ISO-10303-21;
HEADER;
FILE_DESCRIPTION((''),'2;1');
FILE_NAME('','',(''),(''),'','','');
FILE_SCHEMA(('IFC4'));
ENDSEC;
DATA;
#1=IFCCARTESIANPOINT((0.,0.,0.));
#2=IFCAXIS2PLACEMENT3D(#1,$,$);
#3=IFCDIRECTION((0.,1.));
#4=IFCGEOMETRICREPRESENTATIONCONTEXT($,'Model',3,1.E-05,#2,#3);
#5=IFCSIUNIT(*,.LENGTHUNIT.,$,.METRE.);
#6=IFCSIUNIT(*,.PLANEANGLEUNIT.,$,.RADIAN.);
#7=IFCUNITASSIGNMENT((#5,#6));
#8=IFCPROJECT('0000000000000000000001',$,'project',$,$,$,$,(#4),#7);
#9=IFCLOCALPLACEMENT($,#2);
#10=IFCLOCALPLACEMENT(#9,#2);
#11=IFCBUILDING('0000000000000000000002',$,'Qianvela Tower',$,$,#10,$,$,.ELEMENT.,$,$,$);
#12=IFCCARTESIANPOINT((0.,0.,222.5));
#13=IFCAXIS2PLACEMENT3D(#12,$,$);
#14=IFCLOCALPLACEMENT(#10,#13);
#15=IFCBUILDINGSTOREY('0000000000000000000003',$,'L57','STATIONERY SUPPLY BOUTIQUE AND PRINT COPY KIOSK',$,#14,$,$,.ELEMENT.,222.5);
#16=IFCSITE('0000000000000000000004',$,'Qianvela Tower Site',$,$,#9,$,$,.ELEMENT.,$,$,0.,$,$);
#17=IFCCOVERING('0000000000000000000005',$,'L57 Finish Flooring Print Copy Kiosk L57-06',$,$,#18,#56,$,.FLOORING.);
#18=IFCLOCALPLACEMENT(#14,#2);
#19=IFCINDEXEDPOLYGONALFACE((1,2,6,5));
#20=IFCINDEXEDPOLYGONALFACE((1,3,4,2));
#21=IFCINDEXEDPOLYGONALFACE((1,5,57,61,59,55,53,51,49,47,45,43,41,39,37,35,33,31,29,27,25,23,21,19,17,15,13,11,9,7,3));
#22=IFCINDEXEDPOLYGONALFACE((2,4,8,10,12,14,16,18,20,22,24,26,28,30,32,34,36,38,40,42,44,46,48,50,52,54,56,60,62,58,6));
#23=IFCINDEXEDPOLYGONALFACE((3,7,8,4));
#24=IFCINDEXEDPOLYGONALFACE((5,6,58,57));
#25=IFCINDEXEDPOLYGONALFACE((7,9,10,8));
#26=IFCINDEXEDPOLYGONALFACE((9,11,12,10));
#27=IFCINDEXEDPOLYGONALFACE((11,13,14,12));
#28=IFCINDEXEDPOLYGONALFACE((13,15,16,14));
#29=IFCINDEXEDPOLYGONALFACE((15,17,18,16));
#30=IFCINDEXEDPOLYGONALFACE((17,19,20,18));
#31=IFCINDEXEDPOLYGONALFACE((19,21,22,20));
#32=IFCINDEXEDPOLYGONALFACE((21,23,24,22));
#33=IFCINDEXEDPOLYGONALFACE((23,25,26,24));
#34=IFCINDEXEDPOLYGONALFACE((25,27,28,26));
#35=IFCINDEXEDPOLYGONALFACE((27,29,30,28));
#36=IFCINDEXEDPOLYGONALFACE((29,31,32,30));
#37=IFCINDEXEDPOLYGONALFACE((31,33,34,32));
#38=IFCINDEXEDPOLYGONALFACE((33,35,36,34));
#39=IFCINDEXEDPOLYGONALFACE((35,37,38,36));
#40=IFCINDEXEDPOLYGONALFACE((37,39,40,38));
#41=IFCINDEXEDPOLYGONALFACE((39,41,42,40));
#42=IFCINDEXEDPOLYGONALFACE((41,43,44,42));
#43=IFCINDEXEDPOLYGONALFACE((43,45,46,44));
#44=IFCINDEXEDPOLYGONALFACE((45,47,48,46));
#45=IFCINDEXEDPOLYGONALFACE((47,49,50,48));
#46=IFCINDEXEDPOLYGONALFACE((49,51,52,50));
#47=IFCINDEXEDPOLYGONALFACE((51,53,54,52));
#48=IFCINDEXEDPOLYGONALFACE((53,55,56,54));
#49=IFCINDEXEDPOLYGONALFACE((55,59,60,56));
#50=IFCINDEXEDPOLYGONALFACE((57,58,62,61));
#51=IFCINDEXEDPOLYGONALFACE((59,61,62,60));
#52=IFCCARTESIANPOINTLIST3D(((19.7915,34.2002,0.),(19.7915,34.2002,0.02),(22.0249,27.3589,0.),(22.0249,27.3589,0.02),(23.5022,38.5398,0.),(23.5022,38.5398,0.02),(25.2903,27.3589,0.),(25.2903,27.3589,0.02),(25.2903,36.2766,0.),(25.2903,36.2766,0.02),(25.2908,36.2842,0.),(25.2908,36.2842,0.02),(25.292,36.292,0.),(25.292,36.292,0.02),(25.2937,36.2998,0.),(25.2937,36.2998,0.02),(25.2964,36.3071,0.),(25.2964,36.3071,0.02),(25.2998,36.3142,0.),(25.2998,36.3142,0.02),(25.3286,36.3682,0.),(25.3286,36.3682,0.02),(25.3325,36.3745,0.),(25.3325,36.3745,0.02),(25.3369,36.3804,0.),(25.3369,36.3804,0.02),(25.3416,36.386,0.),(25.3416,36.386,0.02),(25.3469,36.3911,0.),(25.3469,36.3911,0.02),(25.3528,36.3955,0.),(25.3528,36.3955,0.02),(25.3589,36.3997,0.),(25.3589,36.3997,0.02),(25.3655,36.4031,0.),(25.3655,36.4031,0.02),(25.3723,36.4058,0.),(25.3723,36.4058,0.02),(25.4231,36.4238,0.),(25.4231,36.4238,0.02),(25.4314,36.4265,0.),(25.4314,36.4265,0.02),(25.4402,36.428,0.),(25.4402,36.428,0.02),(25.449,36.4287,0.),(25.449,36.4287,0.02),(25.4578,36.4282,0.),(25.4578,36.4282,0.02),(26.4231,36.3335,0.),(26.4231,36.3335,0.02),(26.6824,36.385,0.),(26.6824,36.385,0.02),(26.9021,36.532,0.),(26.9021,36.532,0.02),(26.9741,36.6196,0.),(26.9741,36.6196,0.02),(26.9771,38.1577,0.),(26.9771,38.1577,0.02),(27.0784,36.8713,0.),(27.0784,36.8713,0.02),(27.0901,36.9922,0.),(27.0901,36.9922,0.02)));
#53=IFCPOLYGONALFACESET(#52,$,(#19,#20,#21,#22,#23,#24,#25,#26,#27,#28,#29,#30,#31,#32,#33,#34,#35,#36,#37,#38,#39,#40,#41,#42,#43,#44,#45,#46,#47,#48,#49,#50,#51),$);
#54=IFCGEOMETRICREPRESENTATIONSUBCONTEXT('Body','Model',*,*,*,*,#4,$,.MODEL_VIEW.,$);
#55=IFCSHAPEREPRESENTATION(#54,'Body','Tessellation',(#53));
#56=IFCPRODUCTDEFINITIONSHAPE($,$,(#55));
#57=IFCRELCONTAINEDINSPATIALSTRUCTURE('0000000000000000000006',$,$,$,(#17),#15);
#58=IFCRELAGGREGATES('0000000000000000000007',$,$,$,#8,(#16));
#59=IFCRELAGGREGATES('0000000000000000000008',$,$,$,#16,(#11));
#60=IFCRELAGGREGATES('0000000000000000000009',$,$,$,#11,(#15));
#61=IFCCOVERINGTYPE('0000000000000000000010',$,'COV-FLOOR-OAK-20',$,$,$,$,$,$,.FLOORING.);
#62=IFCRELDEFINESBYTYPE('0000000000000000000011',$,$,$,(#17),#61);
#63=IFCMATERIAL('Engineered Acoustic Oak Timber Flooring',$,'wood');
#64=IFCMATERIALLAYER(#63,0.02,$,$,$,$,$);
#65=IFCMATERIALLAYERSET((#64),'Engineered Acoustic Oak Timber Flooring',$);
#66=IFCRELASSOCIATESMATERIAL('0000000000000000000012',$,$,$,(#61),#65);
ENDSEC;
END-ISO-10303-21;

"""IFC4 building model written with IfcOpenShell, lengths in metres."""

from ifc_helpers import new_model, si_unit, direction, frame, origin, place, context, subcontext, project, spatial, polyline, outline, extrude, material, layer, layer_set, type_object, element, save


model = new_model("IFC4")

# Units and contexts
model_context = context("Model", 3, precision=1e-05, world=origin(), true_north=direction((0.0, 1.0)))
body_context = subcontext(model_context, "Body", "Model", "MODEL_VIEW")
ifc_project = project(units=[si_unit("LENGTHUNIT", "METRE"), si_unit("PLANEANGLEUNIT", "RADIAN")], contexts=[model_context])

# Site, building, storey
site_placement = place(None, origin())
site = spatial("IfcSite", under=ifc_project, at=site_placement, Name="Qianvela Tower Site", CompositionType="ELEMENT", RefElevation=0.0)
building_placement = place(site_placement, origin())
building = spatial("IfcBuilding", under=site, at=building_placement, Name="Qianvela Tower", CompositionType="ELEMENT")
storey_placement = place(building_placement, frame((0.0, 0.0, 222.5)))
storey = spatial("IfcBuildingStorey", under=building, at=storey_placement, Name="L57", Description="STATIONERY SUPPLY BOUTIQUE AND PRINT COPY KIOSK", CompositionType="ELEMENT", Elevation=222.5)

# Covering
ifc_material_1 = material(Name="Engineered Acoustic Oak Timber Flooring", Category="wood")
ifc_layer_1 = layer(ifc_material_1, 0.02)
ifc_layer_set_1 = layer_set([ifc_layer_1], Name="Engineered Acoustic Oak Timber Flooring")
covering_type_1 = type_object("IfcCoveringType", Name="COV-FLOOR-OAK-20", PredefinedType="FLOORING", material=ifc_layer_set_1)
covering_1_placement = place(storey_placement, origin())
element("IfcCovering", 1, at=covering_1_placement, inside=storey, type_object=covering_type_1, Name="L57 Finish Flooring Print Copy Kiosk L57-06", PredefinedType="FLOORING", context=body_context, shape_type="SweptSolid", body=[
    extrude(outline(polyline([(26.9771, 38.1577), (27.0901, 36.9922), (27.0784, 36.8713), (26.9741, 36.6196), (26.9021, 36.532), (26.6824, 36.385), (26.4231, 36.3335), (25.4578, 36.4282), (25.449, 36.4287), (25.4402, 36.428), (25.4314, 36.4265), (25.4231, 36.4238), (25.3723, 36.4058), (25.3655, 36.4031), (25.3589, 36.3997), (25.3528, 36.3955), (25.3469, 36.3911), (25.3416, 36.386), (25.3369, 36.3804), (25.3325, 36.3745), (25.3286, 36.3682), (25.2998, 36.3142), (25.2964, 36.3071), (25.2937, 36.2998), (25.292, 36.292), (25.2908, 36.2842), (25.2903, 36.2766), (25.2903, 27.3589), (22.0249, 27.3589), (19.7915, 34.2002), (23.5022, 38.5398), (26.9771, 38.1577)])), origin(), (0.0, 0.0, 1.0), 0.02),
])

save(model, "model.ifc")
